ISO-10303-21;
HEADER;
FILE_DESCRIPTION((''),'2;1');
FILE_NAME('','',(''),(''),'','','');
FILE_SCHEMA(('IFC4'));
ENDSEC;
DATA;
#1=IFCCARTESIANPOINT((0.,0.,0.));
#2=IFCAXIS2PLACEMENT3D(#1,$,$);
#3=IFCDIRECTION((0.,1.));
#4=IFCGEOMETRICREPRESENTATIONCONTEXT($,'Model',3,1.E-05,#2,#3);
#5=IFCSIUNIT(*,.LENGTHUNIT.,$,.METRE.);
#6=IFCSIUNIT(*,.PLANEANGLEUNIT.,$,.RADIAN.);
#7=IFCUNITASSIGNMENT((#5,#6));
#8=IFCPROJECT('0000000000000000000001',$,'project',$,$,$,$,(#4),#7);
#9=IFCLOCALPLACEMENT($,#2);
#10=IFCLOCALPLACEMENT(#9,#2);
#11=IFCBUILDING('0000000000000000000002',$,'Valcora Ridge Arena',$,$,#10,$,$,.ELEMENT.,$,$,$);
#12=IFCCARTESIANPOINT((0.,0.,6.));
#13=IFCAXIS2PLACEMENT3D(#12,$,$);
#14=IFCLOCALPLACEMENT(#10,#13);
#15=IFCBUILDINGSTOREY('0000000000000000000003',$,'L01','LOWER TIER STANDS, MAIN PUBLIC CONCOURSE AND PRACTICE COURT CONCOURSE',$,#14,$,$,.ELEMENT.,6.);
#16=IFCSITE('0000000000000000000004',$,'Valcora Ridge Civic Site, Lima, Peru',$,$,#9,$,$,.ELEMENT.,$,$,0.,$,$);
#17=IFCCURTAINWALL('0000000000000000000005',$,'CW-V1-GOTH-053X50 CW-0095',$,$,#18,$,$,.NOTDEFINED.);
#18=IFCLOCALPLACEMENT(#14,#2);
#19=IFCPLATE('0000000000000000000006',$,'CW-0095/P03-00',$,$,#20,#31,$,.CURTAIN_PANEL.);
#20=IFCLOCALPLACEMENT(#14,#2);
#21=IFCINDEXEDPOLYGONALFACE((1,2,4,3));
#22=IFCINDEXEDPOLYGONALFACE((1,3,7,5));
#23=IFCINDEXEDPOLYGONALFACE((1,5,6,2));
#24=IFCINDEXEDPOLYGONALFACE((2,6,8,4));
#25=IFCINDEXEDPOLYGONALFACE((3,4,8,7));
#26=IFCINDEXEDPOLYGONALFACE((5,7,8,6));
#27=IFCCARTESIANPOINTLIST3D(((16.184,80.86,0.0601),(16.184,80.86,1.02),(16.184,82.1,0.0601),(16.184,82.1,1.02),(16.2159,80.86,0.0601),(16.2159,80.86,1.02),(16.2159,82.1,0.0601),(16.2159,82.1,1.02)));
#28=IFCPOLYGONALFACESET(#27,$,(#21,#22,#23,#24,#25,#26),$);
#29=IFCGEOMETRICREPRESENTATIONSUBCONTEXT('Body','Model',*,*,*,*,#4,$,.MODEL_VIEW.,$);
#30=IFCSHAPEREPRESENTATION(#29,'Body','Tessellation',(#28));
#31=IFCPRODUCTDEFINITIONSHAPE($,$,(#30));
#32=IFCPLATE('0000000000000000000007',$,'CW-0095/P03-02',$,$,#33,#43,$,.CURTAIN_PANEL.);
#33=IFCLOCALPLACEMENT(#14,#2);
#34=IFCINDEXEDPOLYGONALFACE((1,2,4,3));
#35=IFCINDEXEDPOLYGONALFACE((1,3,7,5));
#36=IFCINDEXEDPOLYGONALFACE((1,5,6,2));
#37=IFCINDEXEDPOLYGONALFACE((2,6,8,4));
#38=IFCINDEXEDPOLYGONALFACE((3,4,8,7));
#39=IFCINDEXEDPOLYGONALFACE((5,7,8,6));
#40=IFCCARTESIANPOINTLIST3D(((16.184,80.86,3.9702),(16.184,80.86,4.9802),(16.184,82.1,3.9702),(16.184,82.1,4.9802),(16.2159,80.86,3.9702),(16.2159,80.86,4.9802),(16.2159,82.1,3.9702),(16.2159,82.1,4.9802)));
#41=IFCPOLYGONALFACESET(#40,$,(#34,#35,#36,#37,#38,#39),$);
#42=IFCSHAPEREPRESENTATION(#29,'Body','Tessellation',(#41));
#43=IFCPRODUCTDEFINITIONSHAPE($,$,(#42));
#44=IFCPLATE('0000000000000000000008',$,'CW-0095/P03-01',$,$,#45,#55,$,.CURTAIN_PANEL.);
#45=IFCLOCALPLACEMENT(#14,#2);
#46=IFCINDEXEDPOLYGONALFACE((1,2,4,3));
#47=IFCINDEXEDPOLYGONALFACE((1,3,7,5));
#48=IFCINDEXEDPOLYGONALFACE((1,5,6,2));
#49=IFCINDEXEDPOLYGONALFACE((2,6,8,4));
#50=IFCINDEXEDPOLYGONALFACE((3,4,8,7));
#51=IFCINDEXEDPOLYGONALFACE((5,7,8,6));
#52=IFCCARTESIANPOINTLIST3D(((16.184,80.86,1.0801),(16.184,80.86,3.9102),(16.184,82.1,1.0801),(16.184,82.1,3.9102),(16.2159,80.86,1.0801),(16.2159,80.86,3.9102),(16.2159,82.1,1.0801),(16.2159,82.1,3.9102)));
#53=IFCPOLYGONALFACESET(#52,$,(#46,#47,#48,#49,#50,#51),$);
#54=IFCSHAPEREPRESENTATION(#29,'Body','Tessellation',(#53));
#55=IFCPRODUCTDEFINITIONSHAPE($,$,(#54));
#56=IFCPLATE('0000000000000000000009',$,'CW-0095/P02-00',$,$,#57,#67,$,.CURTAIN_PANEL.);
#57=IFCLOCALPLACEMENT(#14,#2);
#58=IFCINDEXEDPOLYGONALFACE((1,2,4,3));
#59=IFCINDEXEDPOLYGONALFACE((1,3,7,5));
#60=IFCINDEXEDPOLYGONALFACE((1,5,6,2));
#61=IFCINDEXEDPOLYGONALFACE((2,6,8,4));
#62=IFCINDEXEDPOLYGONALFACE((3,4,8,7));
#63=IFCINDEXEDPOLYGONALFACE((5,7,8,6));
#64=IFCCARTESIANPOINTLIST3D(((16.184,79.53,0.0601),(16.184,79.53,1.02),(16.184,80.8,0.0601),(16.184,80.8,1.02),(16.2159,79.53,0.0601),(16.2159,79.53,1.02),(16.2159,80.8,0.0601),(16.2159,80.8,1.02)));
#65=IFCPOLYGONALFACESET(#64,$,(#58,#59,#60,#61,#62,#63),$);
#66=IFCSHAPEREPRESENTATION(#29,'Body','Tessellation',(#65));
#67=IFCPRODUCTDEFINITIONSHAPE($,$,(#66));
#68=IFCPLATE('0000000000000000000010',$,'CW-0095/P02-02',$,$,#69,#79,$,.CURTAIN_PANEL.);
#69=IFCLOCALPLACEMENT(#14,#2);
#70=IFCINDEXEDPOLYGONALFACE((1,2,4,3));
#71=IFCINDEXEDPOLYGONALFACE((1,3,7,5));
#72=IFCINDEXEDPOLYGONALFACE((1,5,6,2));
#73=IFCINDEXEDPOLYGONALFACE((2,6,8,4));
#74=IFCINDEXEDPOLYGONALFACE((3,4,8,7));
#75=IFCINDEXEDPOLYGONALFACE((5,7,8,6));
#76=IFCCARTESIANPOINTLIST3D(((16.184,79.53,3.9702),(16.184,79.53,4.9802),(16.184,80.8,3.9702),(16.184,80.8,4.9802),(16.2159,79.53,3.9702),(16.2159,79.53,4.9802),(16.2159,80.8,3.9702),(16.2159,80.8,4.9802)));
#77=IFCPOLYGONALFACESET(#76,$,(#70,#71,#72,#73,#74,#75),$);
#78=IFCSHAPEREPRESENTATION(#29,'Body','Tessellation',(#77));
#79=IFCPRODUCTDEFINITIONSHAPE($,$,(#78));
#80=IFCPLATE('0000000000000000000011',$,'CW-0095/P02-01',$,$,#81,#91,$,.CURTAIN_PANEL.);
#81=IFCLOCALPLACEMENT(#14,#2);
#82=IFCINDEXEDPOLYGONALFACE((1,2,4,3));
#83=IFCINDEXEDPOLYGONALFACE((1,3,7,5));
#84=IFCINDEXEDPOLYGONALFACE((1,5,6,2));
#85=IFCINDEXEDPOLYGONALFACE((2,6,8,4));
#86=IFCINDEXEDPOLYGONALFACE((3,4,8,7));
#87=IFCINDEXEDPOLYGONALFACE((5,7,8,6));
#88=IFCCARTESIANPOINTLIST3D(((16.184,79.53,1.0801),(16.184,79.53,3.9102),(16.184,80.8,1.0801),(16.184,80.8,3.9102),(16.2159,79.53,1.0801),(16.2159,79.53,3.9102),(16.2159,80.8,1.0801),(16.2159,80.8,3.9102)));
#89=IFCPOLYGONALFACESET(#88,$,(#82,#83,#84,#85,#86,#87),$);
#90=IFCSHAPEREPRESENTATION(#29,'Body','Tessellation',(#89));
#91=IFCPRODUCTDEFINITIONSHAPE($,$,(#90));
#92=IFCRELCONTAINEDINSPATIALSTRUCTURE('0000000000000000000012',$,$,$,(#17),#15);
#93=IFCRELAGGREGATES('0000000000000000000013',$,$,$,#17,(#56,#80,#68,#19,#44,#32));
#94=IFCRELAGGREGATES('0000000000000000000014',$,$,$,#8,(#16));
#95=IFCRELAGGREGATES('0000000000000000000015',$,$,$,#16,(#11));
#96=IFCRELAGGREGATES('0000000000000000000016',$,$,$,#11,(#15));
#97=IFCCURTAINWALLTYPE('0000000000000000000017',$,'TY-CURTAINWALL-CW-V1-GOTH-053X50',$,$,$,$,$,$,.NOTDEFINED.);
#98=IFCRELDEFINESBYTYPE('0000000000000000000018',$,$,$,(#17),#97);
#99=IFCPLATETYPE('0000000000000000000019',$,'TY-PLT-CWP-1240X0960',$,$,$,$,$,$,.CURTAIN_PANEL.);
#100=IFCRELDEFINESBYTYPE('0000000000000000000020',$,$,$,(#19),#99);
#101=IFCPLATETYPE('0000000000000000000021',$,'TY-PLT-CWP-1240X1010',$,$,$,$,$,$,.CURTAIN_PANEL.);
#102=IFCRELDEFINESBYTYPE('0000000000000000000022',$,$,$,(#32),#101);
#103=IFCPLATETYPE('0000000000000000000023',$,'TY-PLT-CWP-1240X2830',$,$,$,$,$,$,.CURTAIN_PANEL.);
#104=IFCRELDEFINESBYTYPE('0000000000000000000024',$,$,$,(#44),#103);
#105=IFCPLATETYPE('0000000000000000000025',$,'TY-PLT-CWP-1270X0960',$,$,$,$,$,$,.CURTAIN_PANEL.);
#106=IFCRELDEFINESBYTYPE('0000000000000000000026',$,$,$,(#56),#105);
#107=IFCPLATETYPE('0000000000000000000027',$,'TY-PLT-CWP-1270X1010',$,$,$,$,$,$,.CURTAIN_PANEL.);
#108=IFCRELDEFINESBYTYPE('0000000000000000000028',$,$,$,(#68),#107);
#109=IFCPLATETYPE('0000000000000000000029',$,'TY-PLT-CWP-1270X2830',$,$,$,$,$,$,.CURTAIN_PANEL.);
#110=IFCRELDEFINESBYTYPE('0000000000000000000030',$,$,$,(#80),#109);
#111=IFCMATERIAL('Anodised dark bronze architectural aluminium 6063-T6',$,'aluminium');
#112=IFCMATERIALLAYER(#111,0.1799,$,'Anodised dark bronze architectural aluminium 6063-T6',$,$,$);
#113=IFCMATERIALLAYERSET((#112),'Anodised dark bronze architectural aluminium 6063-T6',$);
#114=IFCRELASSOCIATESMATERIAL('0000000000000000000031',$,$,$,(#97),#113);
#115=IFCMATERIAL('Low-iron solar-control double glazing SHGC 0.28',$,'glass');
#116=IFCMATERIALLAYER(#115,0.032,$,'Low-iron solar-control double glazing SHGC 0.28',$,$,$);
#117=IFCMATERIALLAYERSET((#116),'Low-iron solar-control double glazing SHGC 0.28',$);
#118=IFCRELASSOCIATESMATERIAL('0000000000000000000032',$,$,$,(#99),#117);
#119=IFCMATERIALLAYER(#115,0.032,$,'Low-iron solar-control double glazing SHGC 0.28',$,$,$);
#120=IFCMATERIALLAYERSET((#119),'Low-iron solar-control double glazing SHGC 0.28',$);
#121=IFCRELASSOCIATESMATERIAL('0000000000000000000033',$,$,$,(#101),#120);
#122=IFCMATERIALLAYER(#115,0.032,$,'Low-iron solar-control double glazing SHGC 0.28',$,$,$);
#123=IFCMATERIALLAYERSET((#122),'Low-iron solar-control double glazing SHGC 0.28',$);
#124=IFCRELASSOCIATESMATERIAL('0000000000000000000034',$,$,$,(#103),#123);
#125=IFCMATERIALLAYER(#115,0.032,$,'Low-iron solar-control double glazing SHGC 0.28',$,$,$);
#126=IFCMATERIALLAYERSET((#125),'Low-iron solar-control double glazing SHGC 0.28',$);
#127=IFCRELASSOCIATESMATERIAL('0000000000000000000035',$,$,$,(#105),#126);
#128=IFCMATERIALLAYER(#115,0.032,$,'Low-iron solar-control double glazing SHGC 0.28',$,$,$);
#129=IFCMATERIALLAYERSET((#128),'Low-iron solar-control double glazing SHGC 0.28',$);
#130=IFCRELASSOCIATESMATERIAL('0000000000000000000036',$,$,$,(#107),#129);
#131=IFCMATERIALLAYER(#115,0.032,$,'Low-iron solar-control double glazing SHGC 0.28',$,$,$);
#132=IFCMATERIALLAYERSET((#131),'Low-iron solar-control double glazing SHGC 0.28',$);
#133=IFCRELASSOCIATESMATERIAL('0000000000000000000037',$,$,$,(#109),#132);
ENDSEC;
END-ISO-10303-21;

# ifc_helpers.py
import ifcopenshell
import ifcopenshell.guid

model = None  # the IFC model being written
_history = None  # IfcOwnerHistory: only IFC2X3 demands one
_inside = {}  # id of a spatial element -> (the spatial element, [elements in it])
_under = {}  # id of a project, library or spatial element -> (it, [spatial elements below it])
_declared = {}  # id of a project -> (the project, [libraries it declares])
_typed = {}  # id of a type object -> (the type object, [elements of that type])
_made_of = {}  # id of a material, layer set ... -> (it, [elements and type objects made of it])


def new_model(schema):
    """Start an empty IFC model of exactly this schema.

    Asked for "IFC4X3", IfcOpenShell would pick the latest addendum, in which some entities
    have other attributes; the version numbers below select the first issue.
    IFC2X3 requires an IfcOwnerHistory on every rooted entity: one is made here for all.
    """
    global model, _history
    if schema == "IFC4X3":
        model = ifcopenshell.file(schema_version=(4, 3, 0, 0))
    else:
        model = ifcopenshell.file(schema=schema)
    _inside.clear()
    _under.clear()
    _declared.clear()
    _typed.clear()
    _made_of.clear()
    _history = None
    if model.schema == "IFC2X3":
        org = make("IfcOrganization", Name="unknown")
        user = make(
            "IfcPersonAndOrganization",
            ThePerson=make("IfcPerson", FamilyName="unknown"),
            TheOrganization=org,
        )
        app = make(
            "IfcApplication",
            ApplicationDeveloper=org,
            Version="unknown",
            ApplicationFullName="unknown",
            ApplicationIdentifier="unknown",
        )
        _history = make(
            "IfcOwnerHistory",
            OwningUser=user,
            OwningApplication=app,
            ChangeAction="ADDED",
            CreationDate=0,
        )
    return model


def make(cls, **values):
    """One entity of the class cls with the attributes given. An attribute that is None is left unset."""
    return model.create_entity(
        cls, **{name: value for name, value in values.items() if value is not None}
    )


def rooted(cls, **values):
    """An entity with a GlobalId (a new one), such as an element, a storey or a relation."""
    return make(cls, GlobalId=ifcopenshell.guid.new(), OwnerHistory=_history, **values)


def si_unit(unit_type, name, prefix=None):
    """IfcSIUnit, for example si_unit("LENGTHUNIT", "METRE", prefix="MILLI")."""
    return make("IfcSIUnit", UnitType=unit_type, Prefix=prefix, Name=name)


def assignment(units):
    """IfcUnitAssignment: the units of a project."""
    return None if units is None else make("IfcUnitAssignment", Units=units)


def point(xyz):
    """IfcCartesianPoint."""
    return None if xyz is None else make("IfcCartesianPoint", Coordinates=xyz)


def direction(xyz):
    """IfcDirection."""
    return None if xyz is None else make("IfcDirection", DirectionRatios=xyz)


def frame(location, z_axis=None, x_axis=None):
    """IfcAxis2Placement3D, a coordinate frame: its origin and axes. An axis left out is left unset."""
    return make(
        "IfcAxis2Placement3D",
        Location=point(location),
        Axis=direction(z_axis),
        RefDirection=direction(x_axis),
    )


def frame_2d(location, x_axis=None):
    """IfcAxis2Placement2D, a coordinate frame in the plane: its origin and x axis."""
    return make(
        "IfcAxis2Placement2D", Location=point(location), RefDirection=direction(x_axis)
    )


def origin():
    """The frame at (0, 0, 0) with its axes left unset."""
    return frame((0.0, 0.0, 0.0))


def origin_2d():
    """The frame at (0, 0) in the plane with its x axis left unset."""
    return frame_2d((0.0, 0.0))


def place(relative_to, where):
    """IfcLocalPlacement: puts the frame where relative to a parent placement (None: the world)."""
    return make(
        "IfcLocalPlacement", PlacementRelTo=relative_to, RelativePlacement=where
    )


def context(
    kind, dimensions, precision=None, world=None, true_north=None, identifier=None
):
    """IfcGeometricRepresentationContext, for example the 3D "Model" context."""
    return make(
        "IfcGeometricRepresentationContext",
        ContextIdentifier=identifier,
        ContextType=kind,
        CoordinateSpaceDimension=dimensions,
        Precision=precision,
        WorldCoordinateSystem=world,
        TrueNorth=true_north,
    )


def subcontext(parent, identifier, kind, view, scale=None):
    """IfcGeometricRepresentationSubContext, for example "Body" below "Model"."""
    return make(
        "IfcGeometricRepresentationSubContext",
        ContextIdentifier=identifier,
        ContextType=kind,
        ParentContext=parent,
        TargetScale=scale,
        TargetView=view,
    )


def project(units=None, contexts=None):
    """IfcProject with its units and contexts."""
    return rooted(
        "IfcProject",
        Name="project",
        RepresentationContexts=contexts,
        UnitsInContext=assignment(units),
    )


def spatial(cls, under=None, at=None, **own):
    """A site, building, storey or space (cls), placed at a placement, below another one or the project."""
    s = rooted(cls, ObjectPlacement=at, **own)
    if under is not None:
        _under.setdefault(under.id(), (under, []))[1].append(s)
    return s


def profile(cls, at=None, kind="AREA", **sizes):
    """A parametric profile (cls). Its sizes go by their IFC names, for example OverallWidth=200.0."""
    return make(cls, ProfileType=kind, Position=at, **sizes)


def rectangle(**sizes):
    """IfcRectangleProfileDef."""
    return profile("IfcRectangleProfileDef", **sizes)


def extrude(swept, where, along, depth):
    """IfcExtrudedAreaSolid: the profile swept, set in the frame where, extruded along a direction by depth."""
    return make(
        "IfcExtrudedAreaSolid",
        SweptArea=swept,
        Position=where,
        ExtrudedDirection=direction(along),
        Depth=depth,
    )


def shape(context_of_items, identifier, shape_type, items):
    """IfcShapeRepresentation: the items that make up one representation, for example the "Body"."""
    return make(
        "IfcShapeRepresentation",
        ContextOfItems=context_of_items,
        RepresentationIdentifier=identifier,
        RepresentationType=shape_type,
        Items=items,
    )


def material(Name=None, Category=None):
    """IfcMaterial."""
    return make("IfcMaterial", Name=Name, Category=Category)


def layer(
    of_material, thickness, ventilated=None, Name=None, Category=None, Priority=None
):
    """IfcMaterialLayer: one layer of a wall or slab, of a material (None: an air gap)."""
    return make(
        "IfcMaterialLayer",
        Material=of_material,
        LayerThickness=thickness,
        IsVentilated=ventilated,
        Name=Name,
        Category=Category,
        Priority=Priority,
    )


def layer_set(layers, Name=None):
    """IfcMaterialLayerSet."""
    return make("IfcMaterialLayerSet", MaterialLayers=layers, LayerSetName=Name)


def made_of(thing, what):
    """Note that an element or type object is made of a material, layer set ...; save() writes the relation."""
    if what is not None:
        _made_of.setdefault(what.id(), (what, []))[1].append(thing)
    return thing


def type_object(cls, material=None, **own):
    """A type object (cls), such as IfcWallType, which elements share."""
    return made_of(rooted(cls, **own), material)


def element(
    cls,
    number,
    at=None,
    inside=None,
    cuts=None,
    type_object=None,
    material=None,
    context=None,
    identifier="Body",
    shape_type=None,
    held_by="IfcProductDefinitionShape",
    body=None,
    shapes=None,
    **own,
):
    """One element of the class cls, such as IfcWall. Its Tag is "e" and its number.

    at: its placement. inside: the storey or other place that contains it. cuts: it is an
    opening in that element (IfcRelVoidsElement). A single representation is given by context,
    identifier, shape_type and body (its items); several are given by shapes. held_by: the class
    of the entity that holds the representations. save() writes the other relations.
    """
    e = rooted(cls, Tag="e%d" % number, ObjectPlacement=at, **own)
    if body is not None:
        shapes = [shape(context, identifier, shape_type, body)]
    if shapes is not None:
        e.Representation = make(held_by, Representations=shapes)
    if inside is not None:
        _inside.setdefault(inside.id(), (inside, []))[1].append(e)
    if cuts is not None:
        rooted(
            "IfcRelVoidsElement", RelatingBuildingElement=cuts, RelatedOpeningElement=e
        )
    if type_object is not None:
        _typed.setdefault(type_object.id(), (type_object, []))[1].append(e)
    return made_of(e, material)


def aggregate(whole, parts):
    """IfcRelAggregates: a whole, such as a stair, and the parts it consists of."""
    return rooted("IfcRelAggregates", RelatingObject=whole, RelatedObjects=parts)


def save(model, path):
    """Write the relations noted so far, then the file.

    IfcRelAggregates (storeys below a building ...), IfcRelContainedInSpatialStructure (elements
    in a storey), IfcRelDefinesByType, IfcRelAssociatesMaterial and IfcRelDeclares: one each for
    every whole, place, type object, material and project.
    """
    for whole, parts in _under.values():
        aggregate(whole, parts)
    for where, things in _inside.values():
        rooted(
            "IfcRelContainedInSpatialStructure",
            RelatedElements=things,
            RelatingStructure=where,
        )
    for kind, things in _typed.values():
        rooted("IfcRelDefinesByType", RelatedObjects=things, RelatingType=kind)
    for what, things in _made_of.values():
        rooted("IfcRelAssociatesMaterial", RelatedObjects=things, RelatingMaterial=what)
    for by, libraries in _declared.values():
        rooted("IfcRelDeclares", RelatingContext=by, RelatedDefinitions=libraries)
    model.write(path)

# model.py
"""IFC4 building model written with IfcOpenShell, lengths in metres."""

from ifc_helpers import new_model, si_unit, direction, frame, origin, origin_2d, place, context, subcontext, project, spatial, rectangle, extrude, material, layer, layer_set, type_object, element, aggregate, save


model = new_model("IFC4")

# Units and contexts
model_context = context("Model", 3, precision=1e-05, world=origin(), true_north=direction((0.0, 1.0)))
body_context = subcontext(model_context, "Body", "Model", "MODEL_VIEW")
ifc_project = project(units=[si_unit("LENGTHUNIT", "METRE"), si_unit("PLANEANGLEUNIT", "RADIAN")], contexts=[model_context])

# Site, building, storey
site_placement = place(None, origin())
site = spatial("IfcSite", under=ifc_project, at=site_placement, Name="Valcora Ridge Civic Site, Lima, Peru", CompositionType="ELEMENT", RefElevation=0.0)
building_placement = place(site_placement, origin())
building = spatial("IfcBuilding", under=site, at=building_placement, Name="Valcora Ridge Arena", CompositionType="ELEMENT")
storey_placement = place(building_placement, frame((0.0, 0.0, 6.0)))
storey = spatial("IfcBuildingStorey", under=building, at=storey_placement, Name="L01", Description="LOWER TIER STANDS, MAIN PUBLIC CONCOURSE AND PRACTICE COURT CONCOURSE", CompositionType="ELEMENT", Elevation=6.0)

# Curtain wall
ifc_material_1 = material(Name="Anodised dark bronze architectural aluminium 6063-T6", Category="aluminium")
ifc_layer_1 = layer(ifc_material_1, 0.1799, Name="Anodised dark bronze architectural aluminium 6063-T6")
ifc_layer_set_1 = layer_set([ifc_layer_1], Name="Anodised dark bronze architectural aluminium 6063-T6")
curtain_wall_type_1 = type_object("IfcCurtainWallType", Name="TY-CURTAINWALL-CW-V1-GOTH-053X50", PredefinedType="NOTDEFINED", material=ifc_layer_set_1)
curtain_wall_1_placement = place(storey_placement, origin())
curtain_wall_1 = element("IfcCurtainWall", 1, at=curtain_wall_1_placement, inside=storey, type_object=curtain_wall_type_1, Name="CW-V1-GOTH-053X50 CW-0095", PredefinedType="NOTDEFINED")

# Plates
ifc_material_2 = material(Name="Low-iron solar-control double glazing SHGC 0.28", Category="glass")
ifc_layer_2 = layer(ifc_material_2, 0.032, Name="Low-iron solar-control double glazing SHGC 0.28")
ifc_layer_set_2 = layer_set([ifc_layer_2], Name="Low-iron solar-control double glazing SHGC 0.28")
plate_type_1 = type_object("IfcPlateType", Name="TY-PLT-CWP-1240X0960", PredefinedType="CURTAIN_PANEL", material=ifc_layer_set_2)
plate_1_placement = place(storey_placement, frame((16.2, 81.48, 0.0601), z_axis=(0.0, 0.0, 1.0), x_axis=(0.0, 1.0, 0.0)))
plate_1 = element("IfcPlate", 2, at=plate_1_placement, type_object=plate_type_1, Name="CW-0095/P03-00", PredefinedType="CURTAIN_PANEL", context=body_context, shape_type="SweptSolid", body=[
    extrude(rectangle(XDim=1.24, YDim=0.032, at=origin_2d()), origin(), (0.0, 0.0, 1.0), 0.96),
])
ifc_layer_3 = layer(ifc_material_2, 0.032, Name="Low-iron solar-control double glazing SHGC 0.28")
ifc_layer_set_3 = layer_set([ifc_layer_3], Name="Low-iron solar-control double glazing SHGC 0.28")
plate_type_2 = type_object("IfcPlateType", Name="TY-PLT-CWP-1240X1010", PredefinedType="CURTAIN_PANEL", material=ifc_layer_set_3)
plate_2_placement = place(storey_placement, frame((16.2, 81.48, 3.9702), z_axis=(0.0, 0.0, 1.0), x_axis=(0.0, 1.0, 0.0)))
plate_2 = element("IfcPlate", 3, at=plate_2_placement, type_object=plate_type_2, Name="CW-0095/P03-02", PredefinedType="CURTAIN_PANEL", context=body_context, shape_type="SweptSolid", body=[
    extrude(rectangle(XDim=1.24, YDim=0.032, at=origin_2d()), origin(), (0.0, 0.0, 1.0), 1.01),
])
ifc_layer_4 = layer(ifc_material_2, 0.032, Name="Low-iron solar-control double glazing SHGC 0.28")
ifc_layer_set_4 = layer_set([ifc_layer_4], Name="Low-iron solar-control double glazing SHGC 0.28")
plate_type_3 = type_object("IfcPlateType", Name="TY-PLT-CWP-1240X2830", PredefinedType="CURTAIN_PANEL", material=ifc_layer_set_4)
plate_3_placement = place(storey_placement, frame((16.2, 81.48, 1.0801), z_axis=(0.0, 0.0, 1.0), x_axis=(0.0, 1.0, 0.0)))
plate_3 = element("IfcPlate", 4, at=plate_3_placement, type_object=plate_type_3, Name="CW-0095/P03-01", PredefinedType="CURTAIN_PANEL", context=body_context, shape_type="SweptSolid", body=[
    extrude(rectangle(XDim=1.24, YDim=0.032, at=origin_2d()), origin(), (0.0, 0.0, 1.0), 2.8301),
])
ifc_layer_5 = layer(ifc_material_2, 0.032, Name="Low-iron solar-control double glazing SHGC 0.28")
ifc_layer_set_5 = layer_set([ifc_layer_5], Name="Low-iron solar-control double glazing SHGC 0.28")
plate_type_4 = type_object("IfcPlateType", Name="TY-PLT-CWP-1270X0960", PredefinedType="CURTAIN_PANEL", material=ifc_layer_set_5)
plate_4_placement = place(storey_placement, frame((16.2, 80.165, 0.0601), z_axis=(0.0, 0.0, 1.0), x_axis=(0.0, 1.0, 0.0)))
plate_4 = element("IfcPlate", 5, at=plate_4_placement, type_object=plate_type_4, Name="CW-0095/P02-00", PredefinedType="CURTAIN_PANEL", context=body_context, shape_type="SweptSolid", body=[
    extrude(rectangle(XDim=1.27, YDim=0.032, at=origin_2d()), origin(), (0.0, 0.0, 1.0), 0.96),
])
ifc_layer_6 = layer(ifc_material_2, 0.032, Name="Low-iron solar-control double glazing SHGC 0.28")
ifc_layer_set_6 = layer_set([ifc_layer_6], Name="Low-iron solar-control double glazing SHGC 0.28")
plate_type_5 = type_object("IfcPlateType", Name="TY-PLT-CWP-1270X1010", PredefinedType="CURTAIN_PANEL", material=ifc_layer_set_6)
plate_5_placement = place(storey_placement, frame((16.2, 80.165, 3.9702), z_axis=(0.0, 0.0, 1.0), x_axis=(0.0, 1.0, 0.0)))
plate_5 = element("IfcPlate", 6, at=plate_5_placement, type_object=plate_type_5, Name="CW-0095/P02-02", PredefinedType="CURTAIN_PANEL", context=body_context, shape_type="SweptSolid", body=[
    extrude(rectangle(XDim=1.27, YDim=0.032, at=origin_2d()), origin(), (0.0, 0.0, 1.0), 1.01),
])
ifc_layer_7 = layer(ifc_material_2, 0.032, Name="Low-iron solar-control double glazing SHGC 0.28")
ifc_layer_set_7 = layer_set([ifc_layer_7], Name="Low-iron solar-control double glazing SHGC 0.28")
plate_type_6 = type_object("IfcPlateType", Name="TY-PLT-CWP-1270X2830", PredefinedType="CURTAIN_PANEL", material=ifc_layer_set_7)
plate_6_placement = place(storey_placement, frame((16.2, 80.165, 1.0801), z_axis=(0.0, 0.0, 1.0), x_axis=(0.0, 1.0, 0.0)))
plate_6 = element("IfcPlate", 7, at=plate_6_placement, type_object=plate_type_6, Name="CW-0095/P02-01", PredefinedType="CURTAIN_PANEL", context=body_context, shape_type="SweptSolid", body=[
    extrude(rectangle(XDim=1.27, YDim=0.032, at=origin_2d()), origin(), (0.0, 0.0, 1.0), 2.8301),
])
aggregate(curtain_wall_1, [plate_4, plate_6, plate_5, plate_1, plate_3, plate_2])

save(model, "model.ifc")
